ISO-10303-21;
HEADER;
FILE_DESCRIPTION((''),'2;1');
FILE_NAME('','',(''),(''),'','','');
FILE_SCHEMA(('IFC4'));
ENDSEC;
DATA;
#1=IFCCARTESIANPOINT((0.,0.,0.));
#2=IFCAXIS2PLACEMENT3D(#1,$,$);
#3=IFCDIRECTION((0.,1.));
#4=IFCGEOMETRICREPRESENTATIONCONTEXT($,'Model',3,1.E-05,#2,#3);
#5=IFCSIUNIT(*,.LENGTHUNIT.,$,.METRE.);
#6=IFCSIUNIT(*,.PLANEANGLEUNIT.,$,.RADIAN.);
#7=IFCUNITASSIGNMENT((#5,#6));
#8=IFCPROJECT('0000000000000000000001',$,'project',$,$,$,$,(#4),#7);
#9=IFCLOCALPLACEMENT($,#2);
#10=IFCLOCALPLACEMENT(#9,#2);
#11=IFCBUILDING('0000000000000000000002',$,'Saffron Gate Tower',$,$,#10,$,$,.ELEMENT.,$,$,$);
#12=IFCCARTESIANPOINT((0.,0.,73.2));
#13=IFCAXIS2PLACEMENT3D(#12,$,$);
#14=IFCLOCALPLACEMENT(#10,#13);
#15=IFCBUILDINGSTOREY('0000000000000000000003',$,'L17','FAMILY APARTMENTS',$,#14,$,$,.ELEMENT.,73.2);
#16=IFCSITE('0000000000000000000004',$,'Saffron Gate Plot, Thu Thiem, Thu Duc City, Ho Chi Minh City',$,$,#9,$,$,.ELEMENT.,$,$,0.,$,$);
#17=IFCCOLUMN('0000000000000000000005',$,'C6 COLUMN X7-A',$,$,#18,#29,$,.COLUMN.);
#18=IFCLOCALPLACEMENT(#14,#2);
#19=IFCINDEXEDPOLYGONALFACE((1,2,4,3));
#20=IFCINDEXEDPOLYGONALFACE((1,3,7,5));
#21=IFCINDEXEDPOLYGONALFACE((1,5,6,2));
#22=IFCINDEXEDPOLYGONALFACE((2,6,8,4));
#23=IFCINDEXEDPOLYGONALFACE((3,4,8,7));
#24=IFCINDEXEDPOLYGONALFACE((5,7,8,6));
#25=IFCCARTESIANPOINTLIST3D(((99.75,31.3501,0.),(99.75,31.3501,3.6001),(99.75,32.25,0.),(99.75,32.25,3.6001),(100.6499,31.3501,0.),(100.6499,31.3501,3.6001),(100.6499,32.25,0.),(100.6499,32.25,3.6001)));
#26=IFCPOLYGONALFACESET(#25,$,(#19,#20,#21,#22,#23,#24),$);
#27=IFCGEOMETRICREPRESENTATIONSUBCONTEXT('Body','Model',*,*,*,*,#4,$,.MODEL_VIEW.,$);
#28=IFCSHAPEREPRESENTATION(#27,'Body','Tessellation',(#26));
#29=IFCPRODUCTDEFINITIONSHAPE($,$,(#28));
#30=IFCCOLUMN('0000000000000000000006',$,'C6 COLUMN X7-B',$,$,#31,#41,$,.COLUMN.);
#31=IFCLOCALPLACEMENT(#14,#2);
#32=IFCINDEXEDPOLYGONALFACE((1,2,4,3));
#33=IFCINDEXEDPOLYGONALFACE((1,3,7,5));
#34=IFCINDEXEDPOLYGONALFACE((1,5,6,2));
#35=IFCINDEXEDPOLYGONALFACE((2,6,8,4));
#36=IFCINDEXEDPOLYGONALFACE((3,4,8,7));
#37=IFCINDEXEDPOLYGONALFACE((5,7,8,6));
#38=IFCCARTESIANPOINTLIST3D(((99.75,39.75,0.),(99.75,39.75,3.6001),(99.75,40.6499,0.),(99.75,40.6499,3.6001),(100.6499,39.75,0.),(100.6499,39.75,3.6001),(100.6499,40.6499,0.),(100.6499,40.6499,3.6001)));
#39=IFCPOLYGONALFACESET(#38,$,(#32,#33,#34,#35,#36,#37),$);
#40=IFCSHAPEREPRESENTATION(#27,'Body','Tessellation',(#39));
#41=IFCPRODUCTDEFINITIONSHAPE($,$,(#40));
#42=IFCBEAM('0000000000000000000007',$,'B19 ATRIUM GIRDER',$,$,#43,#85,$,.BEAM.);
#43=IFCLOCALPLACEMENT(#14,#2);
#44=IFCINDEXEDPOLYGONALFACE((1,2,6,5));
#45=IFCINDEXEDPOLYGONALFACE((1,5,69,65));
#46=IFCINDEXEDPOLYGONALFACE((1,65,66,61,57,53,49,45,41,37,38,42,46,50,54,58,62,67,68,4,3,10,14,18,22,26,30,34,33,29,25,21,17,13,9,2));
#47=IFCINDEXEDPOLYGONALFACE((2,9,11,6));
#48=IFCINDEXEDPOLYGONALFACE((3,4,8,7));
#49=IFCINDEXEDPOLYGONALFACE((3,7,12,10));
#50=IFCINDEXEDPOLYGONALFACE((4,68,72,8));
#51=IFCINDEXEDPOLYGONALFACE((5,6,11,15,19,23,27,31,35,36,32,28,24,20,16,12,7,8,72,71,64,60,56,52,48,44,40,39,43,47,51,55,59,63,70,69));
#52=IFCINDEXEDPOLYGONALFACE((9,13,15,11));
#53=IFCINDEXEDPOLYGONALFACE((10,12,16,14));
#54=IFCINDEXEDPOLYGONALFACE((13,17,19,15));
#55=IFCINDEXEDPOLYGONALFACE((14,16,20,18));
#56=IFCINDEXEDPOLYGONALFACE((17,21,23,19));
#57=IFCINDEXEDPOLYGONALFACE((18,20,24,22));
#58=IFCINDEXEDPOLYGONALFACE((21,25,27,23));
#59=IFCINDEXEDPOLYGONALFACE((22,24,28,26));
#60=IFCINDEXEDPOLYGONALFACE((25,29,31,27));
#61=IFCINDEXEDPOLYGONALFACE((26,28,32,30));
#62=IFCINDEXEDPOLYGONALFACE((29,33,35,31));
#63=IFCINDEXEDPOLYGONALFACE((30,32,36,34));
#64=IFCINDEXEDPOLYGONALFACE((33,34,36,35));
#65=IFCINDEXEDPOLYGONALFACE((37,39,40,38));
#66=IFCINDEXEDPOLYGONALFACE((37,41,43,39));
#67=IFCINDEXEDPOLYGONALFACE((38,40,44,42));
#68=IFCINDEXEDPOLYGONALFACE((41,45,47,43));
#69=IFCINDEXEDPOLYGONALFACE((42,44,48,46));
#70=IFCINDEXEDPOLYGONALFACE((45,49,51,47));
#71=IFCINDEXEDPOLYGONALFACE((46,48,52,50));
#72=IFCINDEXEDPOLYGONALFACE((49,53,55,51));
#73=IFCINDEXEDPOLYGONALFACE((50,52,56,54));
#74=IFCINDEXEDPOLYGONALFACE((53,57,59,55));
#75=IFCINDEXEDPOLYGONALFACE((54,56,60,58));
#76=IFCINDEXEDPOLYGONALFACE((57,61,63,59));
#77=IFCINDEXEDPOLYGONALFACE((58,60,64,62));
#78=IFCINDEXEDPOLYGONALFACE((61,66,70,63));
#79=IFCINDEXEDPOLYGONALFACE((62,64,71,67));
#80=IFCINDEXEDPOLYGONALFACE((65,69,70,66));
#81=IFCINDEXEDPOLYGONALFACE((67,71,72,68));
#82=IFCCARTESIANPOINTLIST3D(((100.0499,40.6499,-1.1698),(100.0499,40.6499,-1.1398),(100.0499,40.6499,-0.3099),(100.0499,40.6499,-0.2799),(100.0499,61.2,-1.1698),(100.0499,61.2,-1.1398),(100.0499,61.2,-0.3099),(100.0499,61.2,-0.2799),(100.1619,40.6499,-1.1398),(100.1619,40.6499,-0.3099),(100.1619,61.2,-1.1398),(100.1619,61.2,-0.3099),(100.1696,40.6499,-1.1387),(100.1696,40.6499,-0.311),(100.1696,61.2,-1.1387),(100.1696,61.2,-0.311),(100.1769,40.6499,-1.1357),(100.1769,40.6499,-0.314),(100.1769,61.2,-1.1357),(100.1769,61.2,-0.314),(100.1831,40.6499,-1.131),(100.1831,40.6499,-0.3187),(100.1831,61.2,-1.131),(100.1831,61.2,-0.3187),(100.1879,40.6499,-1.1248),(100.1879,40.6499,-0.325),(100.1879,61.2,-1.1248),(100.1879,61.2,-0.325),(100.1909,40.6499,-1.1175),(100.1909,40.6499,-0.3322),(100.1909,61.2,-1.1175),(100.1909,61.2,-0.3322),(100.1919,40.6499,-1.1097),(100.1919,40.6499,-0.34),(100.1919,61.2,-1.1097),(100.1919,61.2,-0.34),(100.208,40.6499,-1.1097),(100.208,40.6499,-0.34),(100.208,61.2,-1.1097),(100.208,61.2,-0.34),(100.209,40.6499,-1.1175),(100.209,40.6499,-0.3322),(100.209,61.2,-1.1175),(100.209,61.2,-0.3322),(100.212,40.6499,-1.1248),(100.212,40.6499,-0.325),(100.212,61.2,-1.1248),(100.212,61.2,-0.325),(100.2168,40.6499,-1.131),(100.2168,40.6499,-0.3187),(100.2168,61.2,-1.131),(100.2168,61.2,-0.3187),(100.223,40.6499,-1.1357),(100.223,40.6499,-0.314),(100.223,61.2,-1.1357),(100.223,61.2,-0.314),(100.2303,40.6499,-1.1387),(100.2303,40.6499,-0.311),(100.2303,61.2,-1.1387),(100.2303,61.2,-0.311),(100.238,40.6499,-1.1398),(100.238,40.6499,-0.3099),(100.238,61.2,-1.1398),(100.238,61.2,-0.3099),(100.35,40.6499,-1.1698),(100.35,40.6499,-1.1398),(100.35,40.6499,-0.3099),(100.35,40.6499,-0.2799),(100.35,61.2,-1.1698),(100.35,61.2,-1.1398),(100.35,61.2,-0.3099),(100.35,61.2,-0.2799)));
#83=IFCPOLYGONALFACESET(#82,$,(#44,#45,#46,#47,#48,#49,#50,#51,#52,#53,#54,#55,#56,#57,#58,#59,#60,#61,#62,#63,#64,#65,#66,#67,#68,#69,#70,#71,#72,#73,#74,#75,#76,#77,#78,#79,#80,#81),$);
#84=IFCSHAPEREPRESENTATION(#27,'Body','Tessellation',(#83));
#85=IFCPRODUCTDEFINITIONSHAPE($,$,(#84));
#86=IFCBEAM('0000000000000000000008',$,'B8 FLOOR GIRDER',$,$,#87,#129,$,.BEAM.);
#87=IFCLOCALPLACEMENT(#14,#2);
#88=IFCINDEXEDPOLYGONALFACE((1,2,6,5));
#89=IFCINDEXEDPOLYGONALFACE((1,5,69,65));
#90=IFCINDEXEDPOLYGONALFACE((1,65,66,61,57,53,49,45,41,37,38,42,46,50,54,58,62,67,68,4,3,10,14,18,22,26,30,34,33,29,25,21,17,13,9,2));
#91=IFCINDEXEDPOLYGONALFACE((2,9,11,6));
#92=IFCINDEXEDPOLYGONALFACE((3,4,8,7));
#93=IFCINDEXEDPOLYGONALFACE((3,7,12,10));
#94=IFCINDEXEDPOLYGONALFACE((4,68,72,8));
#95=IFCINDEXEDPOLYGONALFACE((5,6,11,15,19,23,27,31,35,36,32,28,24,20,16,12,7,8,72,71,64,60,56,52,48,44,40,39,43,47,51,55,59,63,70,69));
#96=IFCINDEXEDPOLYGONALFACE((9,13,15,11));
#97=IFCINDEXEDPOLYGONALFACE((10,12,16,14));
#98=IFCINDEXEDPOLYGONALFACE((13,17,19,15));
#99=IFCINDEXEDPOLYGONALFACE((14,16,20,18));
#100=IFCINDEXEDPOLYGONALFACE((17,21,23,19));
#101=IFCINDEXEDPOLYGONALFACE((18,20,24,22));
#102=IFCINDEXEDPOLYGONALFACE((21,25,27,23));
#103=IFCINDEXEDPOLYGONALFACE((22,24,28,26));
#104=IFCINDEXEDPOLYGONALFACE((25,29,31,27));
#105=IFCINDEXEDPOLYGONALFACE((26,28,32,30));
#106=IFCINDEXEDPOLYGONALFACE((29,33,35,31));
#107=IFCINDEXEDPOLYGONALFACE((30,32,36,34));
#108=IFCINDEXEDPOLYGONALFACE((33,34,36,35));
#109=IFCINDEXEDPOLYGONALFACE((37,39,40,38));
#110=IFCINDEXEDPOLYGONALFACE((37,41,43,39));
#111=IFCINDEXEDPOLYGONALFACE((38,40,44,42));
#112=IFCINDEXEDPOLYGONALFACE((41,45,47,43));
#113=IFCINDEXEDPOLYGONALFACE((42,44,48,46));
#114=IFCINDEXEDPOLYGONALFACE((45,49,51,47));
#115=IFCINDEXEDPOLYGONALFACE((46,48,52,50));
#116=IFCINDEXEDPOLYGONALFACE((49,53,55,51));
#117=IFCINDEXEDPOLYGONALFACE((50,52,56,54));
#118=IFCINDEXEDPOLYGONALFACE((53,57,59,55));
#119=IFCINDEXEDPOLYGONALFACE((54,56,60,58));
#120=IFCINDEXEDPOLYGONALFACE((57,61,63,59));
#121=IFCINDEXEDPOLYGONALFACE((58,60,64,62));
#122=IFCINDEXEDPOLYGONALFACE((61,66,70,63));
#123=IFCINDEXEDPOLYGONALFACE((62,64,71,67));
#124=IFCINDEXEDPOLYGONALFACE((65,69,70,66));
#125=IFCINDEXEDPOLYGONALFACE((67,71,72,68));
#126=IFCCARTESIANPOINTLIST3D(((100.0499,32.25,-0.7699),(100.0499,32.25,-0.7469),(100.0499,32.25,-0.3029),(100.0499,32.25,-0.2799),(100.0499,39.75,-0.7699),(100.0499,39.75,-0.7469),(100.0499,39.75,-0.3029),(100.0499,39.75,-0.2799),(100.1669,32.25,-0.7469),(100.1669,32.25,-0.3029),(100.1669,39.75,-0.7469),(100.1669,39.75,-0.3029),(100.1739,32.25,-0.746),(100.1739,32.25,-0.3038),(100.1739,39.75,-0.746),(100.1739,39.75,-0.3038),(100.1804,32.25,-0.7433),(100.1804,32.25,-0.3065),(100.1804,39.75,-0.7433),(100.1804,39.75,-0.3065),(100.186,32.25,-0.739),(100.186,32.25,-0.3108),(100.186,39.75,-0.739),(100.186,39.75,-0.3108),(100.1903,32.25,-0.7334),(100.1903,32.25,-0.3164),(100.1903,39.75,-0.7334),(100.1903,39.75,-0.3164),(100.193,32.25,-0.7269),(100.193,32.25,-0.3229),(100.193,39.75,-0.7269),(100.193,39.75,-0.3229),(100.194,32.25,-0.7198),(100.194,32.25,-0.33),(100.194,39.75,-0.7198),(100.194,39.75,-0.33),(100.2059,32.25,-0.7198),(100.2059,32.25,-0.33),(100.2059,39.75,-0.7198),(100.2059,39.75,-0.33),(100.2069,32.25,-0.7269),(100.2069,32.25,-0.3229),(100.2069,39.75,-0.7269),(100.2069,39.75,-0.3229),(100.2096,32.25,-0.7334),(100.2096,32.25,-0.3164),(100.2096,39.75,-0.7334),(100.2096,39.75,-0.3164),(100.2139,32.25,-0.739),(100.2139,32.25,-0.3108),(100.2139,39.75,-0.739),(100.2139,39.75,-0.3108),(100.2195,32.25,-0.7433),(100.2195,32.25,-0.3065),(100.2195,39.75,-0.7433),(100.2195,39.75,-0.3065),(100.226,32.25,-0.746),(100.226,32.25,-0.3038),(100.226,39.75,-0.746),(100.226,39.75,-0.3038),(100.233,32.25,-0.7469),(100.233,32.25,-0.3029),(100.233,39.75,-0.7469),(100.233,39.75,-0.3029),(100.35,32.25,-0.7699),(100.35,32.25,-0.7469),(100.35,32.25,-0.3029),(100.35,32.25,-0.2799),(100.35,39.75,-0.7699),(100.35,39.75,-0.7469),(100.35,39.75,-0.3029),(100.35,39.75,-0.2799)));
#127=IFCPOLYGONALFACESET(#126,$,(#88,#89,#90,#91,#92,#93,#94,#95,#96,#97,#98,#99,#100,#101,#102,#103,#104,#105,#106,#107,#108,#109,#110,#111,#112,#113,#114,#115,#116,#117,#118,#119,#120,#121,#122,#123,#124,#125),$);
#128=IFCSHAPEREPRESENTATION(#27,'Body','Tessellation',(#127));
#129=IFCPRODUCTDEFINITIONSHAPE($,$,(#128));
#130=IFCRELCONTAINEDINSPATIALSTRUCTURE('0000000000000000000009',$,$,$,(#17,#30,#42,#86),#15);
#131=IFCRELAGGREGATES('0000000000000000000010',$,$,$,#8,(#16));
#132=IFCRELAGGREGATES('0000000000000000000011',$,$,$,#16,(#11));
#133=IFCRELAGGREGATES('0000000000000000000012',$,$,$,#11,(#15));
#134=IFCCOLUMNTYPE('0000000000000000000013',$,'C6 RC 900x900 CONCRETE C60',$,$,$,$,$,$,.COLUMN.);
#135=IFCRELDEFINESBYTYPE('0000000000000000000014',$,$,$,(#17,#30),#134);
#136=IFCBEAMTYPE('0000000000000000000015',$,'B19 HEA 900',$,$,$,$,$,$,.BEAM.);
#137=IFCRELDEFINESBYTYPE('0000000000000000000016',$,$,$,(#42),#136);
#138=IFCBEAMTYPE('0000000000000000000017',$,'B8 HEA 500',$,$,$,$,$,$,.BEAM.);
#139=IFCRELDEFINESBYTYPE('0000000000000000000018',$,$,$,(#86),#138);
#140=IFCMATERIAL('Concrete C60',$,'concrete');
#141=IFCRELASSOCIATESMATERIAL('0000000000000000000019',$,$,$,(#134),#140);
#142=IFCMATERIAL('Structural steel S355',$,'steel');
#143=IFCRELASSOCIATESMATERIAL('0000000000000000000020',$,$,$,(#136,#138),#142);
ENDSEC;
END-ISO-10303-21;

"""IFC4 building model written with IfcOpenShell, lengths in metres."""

from ifc_helpers import new_model, si_unit, direction, frame, origin, origin_2d, place, context, subcontext, project, spatial, rectangle, i_section, extrude, material, material_profile, profile_set, type_object, element, save


model = new_model("IFC4")

# Units and contexts
model_context = context("Model", 3, precision=1e-05, world=origin(), true_north=direction((0.0, 1.0)))
body_context = subcontext(model_context, "Body", "Model", "MODEL_VIEW")
ifc_project = project(units=[si_unit("LENGTHUNIT", "METRE"), si_unit("PLANEANGLEUNIT", "RADIAN")], contexts=[model_context])

# Site, building, storey
site_placement = place(None, origin())
site = spatial("IfcSite", under=ifc_project, at=site_placement, Name="Saffron Gate Plot, Thu Thiem, Thu Duc City, Ho Chi Minh City", CompositionType="ELEMENT", RefElevation=0.0)
building_placement = place(site_placement, origin())
building = spatial("IfcBuilding", under=site, at=building_placement, Name="Saffron Gate Tower", CompositionType="ELEMENT")
storey_placement = place(building_placement, frame((0.0, 0.0, 73.2)))
storey = spatial("IfcBuildingStorey", under=building, at=storey_placement, Name="L17", Description="FAMILY APARTMENTS", CompositionType="ELEMENT", Elevation=73.2)

# Columns
ifc_material_1 = material(Name="Concrete C60", Category="concrete")
ifc_material_profile_1 = material_profile(ifc_material_1, rectangle(XDim=0.8999, YDim=0.8999, at=origin_2d()))
ifc_profile_set_1 = profile_set([ifc_material_profile_1], Name="Concrete C60")
column_type = type_object("IfcColumnType", Name="C6 RC 900x900 CONCRETE C60", PredefinedType="COLUMN", material=ifc_profile_set_1)
for number, where, z_axis, x_axis, name in (
    (1, (100.2, 31.8, 0.0), (0.0, 0.0, 1.0), (1.0, 0.0, 0.0), "C6 COLUMN X7-A"),
    (2, (100.2, 40.2, 0.0), (0.0, 0.0, 1.0), (1.0, 0.0, 0.0), "C6 COLUMN X7-B"),
):
    element("IfcColumn", number, at=place(storey_placement, frame(where, z_axis=z_axis, x_axis=x_axis)), inside=storey, type_object=column_type, Name=name, PredefinedType="COLUMN", context=body_context, shape_type="SweptSolid", body=[
        extrude(rectangle(XDim=0.8999, YDim=0.8999, at=origin_2d()), origin(), (0.0, 0.0, 1.0), 3.6001),
    ])

# Beams
ifc_material_2 = material(Name="Structural steel S355", Category="steel")
ifc_material_profile_2 = material_profile(ifc_material_2, i_section(OverallWidth=0.3, OverallDepth=0.8899, WebThickness=0.0161, FlangeThickness=0.03, FilletRadius=0.03, at=origin_2d()))
ifc_profile_set_2 = profile_set([ifc_material_profile_2], Name="Structural steel S355")
beam_type_1 = type_object("IfcBeamType", Name="B19 HEA 900", PredefinedType="BEAM", material=ifc_profile_set_2)
beam_1_placement = place(storey_placement, frame((100.2, 40.6499, -0.7249), z_axis=(0.0, 1.0, 0.0), x_axis=(-1.0, 0.0, 0.0)))
element("IfcBeam", 3, at=beam_1_placement, inside=storey, type_object=beam_type_1, Name="B19 ATRIUM GIRDER", PredefinedType="BEAM", context=body_context, shape_type="SweptSolid", body=[
    extrude(i_section(OverallWidth=0.3, OverallDepth=0.8899, WebThickness=0.0161, FlangeThickness=0.03, FilletRadius=0.03, at=origin_2d()), origin(), (0.0, 0.0, 1.0), 20.55),
])
ifc_material_profile_3 = material_profile(ifc_material_2, i_section(OverallWidth=0.3, OverallDepth=0.49, WebThickness=0.012, FlangeThickness=0.0229, FilletRadius=0.0271, at=origin_2d()))
ifc_profile_set_3 = profile_set([ifc_material_profile_3], Name="Structural steel S355")
beam_type_2 = type_object("IfcBeamType", Name="B8 HEA 500", PredefinedType="BEAM", material=ifc_profile_set_3)
beam_2_placement = place(storey_placement, frame((100.2, 32.25, -0.5249), z_axis=(0.0, 1.0, 0.0), x_axis=(-1.0, 0.0, 0.0)))
element("IfcBeam", 4, at=beam_2_placement, inside=storey, type_object=beam_type_2, Name="B8 FLOOR GIRDER", PredefinedType="BEAM", context=body_context, shape_type="SweptSolid", body=[
    extrude(i_section(OverallWidth=0.3, OverallDepth=0.49, WebThickness=0.012, FlangeThickness=0.0229, FilletRadius=0.0271, at=origin_2d()), origin(), (0.0, 0.0, 1.0), 7.5),
])

save(model, "model.ifc")
